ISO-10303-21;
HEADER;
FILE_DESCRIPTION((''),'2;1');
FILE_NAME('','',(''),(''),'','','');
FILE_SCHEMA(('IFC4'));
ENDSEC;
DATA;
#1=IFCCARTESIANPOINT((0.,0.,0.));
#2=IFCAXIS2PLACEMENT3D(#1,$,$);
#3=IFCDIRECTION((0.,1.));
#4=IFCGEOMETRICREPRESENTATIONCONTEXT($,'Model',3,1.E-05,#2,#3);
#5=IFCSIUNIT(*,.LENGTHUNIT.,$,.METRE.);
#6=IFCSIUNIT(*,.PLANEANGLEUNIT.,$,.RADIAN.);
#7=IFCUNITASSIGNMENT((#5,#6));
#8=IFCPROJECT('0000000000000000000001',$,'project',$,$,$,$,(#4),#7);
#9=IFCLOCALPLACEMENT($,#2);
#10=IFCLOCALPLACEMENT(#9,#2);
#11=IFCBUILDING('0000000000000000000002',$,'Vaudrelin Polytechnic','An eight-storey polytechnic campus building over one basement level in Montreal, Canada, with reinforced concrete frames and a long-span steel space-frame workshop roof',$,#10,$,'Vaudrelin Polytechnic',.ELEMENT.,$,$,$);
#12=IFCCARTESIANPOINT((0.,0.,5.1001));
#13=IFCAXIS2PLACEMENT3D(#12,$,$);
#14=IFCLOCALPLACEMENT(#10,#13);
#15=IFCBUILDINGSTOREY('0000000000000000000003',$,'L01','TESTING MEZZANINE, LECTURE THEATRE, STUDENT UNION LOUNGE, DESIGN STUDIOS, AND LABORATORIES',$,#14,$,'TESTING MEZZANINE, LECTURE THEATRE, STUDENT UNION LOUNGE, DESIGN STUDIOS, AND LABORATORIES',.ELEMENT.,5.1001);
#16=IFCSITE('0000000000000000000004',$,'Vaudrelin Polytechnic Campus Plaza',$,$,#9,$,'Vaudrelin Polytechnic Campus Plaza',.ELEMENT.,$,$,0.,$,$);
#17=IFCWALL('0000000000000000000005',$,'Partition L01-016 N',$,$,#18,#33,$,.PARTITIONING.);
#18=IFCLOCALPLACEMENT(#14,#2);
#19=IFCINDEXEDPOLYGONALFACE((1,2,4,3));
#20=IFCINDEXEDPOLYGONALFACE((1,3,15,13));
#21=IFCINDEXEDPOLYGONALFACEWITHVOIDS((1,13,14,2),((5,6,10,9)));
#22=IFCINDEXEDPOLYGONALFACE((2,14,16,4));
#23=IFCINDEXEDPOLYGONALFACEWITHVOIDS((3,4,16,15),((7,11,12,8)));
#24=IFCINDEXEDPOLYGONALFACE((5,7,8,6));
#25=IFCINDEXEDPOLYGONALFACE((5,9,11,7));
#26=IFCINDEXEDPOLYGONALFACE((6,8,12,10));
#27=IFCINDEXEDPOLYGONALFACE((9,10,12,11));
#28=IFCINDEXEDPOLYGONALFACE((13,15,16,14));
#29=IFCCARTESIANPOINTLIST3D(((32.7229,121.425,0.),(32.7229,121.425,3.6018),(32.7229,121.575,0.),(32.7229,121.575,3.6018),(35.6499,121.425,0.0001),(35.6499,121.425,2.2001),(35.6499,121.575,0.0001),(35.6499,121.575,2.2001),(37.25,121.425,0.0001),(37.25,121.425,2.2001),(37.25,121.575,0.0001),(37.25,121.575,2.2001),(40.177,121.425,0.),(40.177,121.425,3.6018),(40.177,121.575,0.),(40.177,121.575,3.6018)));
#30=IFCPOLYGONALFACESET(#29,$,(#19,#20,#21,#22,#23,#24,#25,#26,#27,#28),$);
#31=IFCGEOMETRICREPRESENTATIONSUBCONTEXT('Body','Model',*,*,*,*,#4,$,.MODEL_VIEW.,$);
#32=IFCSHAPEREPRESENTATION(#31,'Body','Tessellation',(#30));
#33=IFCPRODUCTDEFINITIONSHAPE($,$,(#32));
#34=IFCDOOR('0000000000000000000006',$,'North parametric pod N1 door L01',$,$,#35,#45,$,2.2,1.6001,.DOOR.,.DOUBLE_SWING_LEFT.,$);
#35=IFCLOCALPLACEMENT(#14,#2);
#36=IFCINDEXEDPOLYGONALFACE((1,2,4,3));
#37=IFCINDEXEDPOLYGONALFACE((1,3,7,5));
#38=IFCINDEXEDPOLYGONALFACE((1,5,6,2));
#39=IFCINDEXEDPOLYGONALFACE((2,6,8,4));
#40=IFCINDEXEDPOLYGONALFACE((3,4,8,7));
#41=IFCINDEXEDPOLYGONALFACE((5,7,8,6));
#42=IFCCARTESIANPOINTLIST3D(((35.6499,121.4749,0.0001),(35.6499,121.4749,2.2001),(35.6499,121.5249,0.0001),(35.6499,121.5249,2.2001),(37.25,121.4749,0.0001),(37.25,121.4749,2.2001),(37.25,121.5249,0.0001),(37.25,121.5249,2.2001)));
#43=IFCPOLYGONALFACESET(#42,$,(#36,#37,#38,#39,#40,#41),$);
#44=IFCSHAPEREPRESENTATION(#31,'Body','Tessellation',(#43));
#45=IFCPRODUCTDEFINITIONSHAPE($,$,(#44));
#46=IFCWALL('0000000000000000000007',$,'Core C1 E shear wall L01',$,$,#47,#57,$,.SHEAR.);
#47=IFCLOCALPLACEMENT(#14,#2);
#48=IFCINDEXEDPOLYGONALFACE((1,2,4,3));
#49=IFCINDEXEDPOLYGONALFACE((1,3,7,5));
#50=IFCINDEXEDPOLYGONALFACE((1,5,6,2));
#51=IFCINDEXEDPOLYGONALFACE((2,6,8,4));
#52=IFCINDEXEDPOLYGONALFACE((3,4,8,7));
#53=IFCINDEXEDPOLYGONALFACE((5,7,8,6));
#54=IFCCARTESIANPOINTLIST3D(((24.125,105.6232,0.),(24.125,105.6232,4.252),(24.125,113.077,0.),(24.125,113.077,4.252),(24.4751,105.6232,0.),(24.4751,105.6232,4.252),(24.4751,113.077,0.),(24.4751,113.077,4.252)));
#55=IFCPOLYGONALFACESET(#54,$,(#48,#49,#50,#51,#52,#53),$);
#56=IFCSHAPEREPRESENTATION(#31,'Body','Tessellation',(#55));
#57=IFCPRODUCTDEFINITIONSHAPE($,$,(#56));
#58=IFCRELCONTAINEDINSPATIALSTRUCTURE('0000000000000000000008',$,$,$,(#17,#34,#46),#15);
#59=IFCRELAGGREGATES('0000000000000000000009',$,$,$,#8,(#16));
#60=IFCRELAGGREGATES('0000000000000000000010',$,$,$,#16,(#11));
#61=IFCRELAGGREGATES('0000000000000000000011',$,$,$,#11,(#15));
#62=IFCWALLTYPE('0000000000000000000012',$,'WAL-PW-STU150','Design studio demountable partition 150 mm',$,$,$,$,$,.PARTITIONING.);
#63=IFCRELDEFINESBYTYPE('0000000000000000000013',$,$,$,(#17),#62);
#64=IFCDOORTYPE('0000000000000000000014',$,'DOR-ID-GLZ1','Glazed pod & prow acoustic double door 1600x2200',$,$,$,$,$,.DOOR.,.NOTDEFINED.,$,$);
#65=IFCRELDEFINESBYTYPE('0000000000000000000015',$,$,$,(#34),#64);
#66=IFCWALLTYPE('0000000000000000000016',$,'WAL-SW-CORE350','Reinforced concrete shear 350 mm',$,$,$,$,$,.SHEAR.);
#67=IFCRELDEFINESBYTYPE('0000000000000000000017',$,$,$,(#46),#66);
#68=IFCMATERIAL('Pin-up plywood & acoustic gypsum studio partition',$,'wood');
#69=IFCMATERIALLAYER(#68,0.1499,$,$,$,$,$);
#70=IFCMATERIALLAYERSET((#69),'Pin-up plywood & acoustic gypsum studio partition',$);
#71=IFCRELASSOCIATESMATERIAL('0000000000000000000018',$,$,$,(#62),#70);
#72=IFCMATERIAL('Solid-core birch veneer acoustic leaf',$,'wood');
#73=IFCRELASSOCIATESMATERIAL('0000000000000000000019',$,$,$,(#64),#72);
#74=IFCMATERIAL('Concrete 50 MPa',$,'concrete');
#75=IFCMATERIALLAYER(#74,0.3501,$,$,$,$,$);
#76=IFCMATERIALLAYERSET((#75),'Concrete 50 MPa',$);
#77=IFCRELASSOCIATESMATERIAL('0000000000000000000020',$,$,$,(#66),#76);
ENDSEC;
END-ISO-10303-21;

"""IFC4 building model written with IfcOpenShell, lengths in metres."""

from ifc_helpers import new_model, si_unit, direction, frame, frame_2d, origin, place, context, subcontext, project, spatial, rectangle, extrude, material, layer, layer_set, type_object, element, fill, save


model = new_model("IFC4")

# Units and contexts
model_context = context("Model", 3, precision=1e-05, world=origin(), true_north=direction((0.0, 1.0)))
body_context = subcontext(model_context, "Body", "Model", "MODEL_VIEW")
ifc_project = project(units=[si_unit("LENGTHUNIT", "METRE"), si_unit("PLANEANGLEUNIT", "RADIAN")], contexts=[model_context])

# Site, building, storey
site_placement = place(None, origin())
site = spatial("IfcSite", under=ifc_project, at=site_placement, Name="Vaudrelin Polytechnic Campus Plaza", LongName="Vaudrelin Polytechnic Campus Plaza", CompositionType="ELEMENT", RefElevation=0.0)
building_placement = place(site_placement, origin())
building = spatial("IfcBuilding", under=site, at=building_placement, Name="Vaudrelin Polytechnic", Description="An eight-storey polytechnic campus building over one basement level in Montreal, Canada, with reinforced concrete frames and a long-span steel space-frame workshop roof", LongName="Vaudrelin Polytechnic", CompositionType="ELEMENT")
storey_placement = place(building_placement, frame((0.0, 0.0, 5.1001)))
storey = spatial("IfcBuildingStorey", under=building, at=storey_placement, Name="L01", Description="TESTING MEZZANINE, LECTURE THEATRE, STUDENT UNION LOUNGE, DESIGN STUDIOS, AND LABORATORIES", LongName="TESTING MEZZANINE, LECTURE THEATRE, STUDENT UNION LOUNGE, DESIGN STUDIOS, AND LABORATORIES", CompositionType="ELEMENT", Elevation=5.1001)

# Shared definitions
ifc_material_1 = material(Name="Concrete 50 MPa", Category="concrete")

# Shared definitions
ifc_material_2 = material(Name="Pin-up plywood & acoustic gypsum studio partition", Category="wood")
ifc_layer_1 = layer(ifc_material_2, 0.1499)
ifc_layer_set_1 = layer_set([ifc_layer_1], Name="Pin-up plywood & acoustic gypsum studio partition")
wall_type_1 = type_object("IfcWallType", Name="WAL-PW-STU150", Description="Design studio demountable partition 150 mm", PredefinedType="PARTITIONING", material=ifc_layer_set_1)
ifc_material_3 = material(Name="Solid-core birch veneer acoustic leaf", Category="wood")

# Wall, opening, door
wall_1_placement = place(storey_placement, frame((32.7229, 121.5, 0.0), z_axis=(0.0, 0.0, 1.0), x_axis=(1.0, 0.0, 0.0)))
wall_1 = element("IfcWall", 1, at=wall_1_placement, inside=storey, type_object=wall_type_1, Name="Partition L01-016 N", PredefinedType="PARTITIONING", context=body_context, shape_type="SweptSolid", body=[
    extrude(rectangle(XDim=7.4541, YDim=0.1499, at=frame_2d((3.7271, 0.0))), origin(), (0.0, 0.0, 1.0), 3.6018),
])
opening_1_placement = place(wall_1_placement, frame((2.927, 0.0, 0.0)))
opening_1 = element("IfcOpeningElement", 2, at=opening_1_placement, cuts=wall_1, PredefinedType="OPENING", context=body_context, shape_type="SweptSolid", body=[
    extrude(rectangle(XDim=1.6001, YDim=2.2, at=frame_2d((0.8, 1.1001))), frame((0.0, 0.085, 0.0), z_axis=(0.0, -1.0, 0.0), x_axis=(1.0, 0.0, 0.0)), (0.0, 0.0, 1.0), 0.1699),
])
door_type_1 = type_object("IfcDoorType", Name="DOR-ID-GLZ1", Description="Glazed pod & prow acoustic double door 1600x2200", OperationType="NOTDEFINED", PredefinedType="DOOR", material=ifc_material_3)
door_1_placement = place(opening_1_placement, origin())
door_1 = element("IfcDoor", 3, at=door_1_placement, inside=storey, type_object=door_type_1, Name="North parametric pod N1 door L01", OperationType="DOUBLE_SWING_LEFT", OverallHeight=2.2, OverallWidth=1.6001, PredefinedType="DOOR", context=body_context, shape_type="SweptSolid", body=[
    extrude(rectangle(XDim=1.6001, YDim=2.2, at=frame_2d((0.8, 1.1001))), frame((0.0, 0.0249, 0.0), z_axis=(0.0, -1.0, 0.0), x_axis=(1.0, 0.0, 0.0)), (0.0, 0.0, 1.0), 0.05),
])
fill(opening_1, door_1)

# Wall
ifc_layer_2 = layer(ifc_material_1, 0.3501)
ifc_layer_set_2 = layer_set([ifc_layer_2], Name="Concrete 50 MPa")
wall_type_2 = type_object("IfcWallType", Name="WAL-SW-CORE350", Description="Reinforced concrete shear 350 mm", PredefinedType="SHEAR", material=ifc_layer_set_2)
wall_2_placement = place(storey_placement, frame((24.3, 105.623, 0.0), z_axis=(0.0, 0.0, 1.0), x_axis=(0.0, 1.0, 0.0)))
element("IfcWall", 4, at=wall_2_placement, inside=storey, type_object=wall_type_2, Name="Core C1 E shear wall L01", PredefinedType="SHEAR", context=body_context, shape_type="SweptSolid", body=[
    extrude(rectangle(XDim=7.4539, YDim=0.3501, at=frame_2d((3.7271, 0.0))), origin(), (0.0, 0.0, 1.0), 4.252),
])

save(model, "model.ifc")
